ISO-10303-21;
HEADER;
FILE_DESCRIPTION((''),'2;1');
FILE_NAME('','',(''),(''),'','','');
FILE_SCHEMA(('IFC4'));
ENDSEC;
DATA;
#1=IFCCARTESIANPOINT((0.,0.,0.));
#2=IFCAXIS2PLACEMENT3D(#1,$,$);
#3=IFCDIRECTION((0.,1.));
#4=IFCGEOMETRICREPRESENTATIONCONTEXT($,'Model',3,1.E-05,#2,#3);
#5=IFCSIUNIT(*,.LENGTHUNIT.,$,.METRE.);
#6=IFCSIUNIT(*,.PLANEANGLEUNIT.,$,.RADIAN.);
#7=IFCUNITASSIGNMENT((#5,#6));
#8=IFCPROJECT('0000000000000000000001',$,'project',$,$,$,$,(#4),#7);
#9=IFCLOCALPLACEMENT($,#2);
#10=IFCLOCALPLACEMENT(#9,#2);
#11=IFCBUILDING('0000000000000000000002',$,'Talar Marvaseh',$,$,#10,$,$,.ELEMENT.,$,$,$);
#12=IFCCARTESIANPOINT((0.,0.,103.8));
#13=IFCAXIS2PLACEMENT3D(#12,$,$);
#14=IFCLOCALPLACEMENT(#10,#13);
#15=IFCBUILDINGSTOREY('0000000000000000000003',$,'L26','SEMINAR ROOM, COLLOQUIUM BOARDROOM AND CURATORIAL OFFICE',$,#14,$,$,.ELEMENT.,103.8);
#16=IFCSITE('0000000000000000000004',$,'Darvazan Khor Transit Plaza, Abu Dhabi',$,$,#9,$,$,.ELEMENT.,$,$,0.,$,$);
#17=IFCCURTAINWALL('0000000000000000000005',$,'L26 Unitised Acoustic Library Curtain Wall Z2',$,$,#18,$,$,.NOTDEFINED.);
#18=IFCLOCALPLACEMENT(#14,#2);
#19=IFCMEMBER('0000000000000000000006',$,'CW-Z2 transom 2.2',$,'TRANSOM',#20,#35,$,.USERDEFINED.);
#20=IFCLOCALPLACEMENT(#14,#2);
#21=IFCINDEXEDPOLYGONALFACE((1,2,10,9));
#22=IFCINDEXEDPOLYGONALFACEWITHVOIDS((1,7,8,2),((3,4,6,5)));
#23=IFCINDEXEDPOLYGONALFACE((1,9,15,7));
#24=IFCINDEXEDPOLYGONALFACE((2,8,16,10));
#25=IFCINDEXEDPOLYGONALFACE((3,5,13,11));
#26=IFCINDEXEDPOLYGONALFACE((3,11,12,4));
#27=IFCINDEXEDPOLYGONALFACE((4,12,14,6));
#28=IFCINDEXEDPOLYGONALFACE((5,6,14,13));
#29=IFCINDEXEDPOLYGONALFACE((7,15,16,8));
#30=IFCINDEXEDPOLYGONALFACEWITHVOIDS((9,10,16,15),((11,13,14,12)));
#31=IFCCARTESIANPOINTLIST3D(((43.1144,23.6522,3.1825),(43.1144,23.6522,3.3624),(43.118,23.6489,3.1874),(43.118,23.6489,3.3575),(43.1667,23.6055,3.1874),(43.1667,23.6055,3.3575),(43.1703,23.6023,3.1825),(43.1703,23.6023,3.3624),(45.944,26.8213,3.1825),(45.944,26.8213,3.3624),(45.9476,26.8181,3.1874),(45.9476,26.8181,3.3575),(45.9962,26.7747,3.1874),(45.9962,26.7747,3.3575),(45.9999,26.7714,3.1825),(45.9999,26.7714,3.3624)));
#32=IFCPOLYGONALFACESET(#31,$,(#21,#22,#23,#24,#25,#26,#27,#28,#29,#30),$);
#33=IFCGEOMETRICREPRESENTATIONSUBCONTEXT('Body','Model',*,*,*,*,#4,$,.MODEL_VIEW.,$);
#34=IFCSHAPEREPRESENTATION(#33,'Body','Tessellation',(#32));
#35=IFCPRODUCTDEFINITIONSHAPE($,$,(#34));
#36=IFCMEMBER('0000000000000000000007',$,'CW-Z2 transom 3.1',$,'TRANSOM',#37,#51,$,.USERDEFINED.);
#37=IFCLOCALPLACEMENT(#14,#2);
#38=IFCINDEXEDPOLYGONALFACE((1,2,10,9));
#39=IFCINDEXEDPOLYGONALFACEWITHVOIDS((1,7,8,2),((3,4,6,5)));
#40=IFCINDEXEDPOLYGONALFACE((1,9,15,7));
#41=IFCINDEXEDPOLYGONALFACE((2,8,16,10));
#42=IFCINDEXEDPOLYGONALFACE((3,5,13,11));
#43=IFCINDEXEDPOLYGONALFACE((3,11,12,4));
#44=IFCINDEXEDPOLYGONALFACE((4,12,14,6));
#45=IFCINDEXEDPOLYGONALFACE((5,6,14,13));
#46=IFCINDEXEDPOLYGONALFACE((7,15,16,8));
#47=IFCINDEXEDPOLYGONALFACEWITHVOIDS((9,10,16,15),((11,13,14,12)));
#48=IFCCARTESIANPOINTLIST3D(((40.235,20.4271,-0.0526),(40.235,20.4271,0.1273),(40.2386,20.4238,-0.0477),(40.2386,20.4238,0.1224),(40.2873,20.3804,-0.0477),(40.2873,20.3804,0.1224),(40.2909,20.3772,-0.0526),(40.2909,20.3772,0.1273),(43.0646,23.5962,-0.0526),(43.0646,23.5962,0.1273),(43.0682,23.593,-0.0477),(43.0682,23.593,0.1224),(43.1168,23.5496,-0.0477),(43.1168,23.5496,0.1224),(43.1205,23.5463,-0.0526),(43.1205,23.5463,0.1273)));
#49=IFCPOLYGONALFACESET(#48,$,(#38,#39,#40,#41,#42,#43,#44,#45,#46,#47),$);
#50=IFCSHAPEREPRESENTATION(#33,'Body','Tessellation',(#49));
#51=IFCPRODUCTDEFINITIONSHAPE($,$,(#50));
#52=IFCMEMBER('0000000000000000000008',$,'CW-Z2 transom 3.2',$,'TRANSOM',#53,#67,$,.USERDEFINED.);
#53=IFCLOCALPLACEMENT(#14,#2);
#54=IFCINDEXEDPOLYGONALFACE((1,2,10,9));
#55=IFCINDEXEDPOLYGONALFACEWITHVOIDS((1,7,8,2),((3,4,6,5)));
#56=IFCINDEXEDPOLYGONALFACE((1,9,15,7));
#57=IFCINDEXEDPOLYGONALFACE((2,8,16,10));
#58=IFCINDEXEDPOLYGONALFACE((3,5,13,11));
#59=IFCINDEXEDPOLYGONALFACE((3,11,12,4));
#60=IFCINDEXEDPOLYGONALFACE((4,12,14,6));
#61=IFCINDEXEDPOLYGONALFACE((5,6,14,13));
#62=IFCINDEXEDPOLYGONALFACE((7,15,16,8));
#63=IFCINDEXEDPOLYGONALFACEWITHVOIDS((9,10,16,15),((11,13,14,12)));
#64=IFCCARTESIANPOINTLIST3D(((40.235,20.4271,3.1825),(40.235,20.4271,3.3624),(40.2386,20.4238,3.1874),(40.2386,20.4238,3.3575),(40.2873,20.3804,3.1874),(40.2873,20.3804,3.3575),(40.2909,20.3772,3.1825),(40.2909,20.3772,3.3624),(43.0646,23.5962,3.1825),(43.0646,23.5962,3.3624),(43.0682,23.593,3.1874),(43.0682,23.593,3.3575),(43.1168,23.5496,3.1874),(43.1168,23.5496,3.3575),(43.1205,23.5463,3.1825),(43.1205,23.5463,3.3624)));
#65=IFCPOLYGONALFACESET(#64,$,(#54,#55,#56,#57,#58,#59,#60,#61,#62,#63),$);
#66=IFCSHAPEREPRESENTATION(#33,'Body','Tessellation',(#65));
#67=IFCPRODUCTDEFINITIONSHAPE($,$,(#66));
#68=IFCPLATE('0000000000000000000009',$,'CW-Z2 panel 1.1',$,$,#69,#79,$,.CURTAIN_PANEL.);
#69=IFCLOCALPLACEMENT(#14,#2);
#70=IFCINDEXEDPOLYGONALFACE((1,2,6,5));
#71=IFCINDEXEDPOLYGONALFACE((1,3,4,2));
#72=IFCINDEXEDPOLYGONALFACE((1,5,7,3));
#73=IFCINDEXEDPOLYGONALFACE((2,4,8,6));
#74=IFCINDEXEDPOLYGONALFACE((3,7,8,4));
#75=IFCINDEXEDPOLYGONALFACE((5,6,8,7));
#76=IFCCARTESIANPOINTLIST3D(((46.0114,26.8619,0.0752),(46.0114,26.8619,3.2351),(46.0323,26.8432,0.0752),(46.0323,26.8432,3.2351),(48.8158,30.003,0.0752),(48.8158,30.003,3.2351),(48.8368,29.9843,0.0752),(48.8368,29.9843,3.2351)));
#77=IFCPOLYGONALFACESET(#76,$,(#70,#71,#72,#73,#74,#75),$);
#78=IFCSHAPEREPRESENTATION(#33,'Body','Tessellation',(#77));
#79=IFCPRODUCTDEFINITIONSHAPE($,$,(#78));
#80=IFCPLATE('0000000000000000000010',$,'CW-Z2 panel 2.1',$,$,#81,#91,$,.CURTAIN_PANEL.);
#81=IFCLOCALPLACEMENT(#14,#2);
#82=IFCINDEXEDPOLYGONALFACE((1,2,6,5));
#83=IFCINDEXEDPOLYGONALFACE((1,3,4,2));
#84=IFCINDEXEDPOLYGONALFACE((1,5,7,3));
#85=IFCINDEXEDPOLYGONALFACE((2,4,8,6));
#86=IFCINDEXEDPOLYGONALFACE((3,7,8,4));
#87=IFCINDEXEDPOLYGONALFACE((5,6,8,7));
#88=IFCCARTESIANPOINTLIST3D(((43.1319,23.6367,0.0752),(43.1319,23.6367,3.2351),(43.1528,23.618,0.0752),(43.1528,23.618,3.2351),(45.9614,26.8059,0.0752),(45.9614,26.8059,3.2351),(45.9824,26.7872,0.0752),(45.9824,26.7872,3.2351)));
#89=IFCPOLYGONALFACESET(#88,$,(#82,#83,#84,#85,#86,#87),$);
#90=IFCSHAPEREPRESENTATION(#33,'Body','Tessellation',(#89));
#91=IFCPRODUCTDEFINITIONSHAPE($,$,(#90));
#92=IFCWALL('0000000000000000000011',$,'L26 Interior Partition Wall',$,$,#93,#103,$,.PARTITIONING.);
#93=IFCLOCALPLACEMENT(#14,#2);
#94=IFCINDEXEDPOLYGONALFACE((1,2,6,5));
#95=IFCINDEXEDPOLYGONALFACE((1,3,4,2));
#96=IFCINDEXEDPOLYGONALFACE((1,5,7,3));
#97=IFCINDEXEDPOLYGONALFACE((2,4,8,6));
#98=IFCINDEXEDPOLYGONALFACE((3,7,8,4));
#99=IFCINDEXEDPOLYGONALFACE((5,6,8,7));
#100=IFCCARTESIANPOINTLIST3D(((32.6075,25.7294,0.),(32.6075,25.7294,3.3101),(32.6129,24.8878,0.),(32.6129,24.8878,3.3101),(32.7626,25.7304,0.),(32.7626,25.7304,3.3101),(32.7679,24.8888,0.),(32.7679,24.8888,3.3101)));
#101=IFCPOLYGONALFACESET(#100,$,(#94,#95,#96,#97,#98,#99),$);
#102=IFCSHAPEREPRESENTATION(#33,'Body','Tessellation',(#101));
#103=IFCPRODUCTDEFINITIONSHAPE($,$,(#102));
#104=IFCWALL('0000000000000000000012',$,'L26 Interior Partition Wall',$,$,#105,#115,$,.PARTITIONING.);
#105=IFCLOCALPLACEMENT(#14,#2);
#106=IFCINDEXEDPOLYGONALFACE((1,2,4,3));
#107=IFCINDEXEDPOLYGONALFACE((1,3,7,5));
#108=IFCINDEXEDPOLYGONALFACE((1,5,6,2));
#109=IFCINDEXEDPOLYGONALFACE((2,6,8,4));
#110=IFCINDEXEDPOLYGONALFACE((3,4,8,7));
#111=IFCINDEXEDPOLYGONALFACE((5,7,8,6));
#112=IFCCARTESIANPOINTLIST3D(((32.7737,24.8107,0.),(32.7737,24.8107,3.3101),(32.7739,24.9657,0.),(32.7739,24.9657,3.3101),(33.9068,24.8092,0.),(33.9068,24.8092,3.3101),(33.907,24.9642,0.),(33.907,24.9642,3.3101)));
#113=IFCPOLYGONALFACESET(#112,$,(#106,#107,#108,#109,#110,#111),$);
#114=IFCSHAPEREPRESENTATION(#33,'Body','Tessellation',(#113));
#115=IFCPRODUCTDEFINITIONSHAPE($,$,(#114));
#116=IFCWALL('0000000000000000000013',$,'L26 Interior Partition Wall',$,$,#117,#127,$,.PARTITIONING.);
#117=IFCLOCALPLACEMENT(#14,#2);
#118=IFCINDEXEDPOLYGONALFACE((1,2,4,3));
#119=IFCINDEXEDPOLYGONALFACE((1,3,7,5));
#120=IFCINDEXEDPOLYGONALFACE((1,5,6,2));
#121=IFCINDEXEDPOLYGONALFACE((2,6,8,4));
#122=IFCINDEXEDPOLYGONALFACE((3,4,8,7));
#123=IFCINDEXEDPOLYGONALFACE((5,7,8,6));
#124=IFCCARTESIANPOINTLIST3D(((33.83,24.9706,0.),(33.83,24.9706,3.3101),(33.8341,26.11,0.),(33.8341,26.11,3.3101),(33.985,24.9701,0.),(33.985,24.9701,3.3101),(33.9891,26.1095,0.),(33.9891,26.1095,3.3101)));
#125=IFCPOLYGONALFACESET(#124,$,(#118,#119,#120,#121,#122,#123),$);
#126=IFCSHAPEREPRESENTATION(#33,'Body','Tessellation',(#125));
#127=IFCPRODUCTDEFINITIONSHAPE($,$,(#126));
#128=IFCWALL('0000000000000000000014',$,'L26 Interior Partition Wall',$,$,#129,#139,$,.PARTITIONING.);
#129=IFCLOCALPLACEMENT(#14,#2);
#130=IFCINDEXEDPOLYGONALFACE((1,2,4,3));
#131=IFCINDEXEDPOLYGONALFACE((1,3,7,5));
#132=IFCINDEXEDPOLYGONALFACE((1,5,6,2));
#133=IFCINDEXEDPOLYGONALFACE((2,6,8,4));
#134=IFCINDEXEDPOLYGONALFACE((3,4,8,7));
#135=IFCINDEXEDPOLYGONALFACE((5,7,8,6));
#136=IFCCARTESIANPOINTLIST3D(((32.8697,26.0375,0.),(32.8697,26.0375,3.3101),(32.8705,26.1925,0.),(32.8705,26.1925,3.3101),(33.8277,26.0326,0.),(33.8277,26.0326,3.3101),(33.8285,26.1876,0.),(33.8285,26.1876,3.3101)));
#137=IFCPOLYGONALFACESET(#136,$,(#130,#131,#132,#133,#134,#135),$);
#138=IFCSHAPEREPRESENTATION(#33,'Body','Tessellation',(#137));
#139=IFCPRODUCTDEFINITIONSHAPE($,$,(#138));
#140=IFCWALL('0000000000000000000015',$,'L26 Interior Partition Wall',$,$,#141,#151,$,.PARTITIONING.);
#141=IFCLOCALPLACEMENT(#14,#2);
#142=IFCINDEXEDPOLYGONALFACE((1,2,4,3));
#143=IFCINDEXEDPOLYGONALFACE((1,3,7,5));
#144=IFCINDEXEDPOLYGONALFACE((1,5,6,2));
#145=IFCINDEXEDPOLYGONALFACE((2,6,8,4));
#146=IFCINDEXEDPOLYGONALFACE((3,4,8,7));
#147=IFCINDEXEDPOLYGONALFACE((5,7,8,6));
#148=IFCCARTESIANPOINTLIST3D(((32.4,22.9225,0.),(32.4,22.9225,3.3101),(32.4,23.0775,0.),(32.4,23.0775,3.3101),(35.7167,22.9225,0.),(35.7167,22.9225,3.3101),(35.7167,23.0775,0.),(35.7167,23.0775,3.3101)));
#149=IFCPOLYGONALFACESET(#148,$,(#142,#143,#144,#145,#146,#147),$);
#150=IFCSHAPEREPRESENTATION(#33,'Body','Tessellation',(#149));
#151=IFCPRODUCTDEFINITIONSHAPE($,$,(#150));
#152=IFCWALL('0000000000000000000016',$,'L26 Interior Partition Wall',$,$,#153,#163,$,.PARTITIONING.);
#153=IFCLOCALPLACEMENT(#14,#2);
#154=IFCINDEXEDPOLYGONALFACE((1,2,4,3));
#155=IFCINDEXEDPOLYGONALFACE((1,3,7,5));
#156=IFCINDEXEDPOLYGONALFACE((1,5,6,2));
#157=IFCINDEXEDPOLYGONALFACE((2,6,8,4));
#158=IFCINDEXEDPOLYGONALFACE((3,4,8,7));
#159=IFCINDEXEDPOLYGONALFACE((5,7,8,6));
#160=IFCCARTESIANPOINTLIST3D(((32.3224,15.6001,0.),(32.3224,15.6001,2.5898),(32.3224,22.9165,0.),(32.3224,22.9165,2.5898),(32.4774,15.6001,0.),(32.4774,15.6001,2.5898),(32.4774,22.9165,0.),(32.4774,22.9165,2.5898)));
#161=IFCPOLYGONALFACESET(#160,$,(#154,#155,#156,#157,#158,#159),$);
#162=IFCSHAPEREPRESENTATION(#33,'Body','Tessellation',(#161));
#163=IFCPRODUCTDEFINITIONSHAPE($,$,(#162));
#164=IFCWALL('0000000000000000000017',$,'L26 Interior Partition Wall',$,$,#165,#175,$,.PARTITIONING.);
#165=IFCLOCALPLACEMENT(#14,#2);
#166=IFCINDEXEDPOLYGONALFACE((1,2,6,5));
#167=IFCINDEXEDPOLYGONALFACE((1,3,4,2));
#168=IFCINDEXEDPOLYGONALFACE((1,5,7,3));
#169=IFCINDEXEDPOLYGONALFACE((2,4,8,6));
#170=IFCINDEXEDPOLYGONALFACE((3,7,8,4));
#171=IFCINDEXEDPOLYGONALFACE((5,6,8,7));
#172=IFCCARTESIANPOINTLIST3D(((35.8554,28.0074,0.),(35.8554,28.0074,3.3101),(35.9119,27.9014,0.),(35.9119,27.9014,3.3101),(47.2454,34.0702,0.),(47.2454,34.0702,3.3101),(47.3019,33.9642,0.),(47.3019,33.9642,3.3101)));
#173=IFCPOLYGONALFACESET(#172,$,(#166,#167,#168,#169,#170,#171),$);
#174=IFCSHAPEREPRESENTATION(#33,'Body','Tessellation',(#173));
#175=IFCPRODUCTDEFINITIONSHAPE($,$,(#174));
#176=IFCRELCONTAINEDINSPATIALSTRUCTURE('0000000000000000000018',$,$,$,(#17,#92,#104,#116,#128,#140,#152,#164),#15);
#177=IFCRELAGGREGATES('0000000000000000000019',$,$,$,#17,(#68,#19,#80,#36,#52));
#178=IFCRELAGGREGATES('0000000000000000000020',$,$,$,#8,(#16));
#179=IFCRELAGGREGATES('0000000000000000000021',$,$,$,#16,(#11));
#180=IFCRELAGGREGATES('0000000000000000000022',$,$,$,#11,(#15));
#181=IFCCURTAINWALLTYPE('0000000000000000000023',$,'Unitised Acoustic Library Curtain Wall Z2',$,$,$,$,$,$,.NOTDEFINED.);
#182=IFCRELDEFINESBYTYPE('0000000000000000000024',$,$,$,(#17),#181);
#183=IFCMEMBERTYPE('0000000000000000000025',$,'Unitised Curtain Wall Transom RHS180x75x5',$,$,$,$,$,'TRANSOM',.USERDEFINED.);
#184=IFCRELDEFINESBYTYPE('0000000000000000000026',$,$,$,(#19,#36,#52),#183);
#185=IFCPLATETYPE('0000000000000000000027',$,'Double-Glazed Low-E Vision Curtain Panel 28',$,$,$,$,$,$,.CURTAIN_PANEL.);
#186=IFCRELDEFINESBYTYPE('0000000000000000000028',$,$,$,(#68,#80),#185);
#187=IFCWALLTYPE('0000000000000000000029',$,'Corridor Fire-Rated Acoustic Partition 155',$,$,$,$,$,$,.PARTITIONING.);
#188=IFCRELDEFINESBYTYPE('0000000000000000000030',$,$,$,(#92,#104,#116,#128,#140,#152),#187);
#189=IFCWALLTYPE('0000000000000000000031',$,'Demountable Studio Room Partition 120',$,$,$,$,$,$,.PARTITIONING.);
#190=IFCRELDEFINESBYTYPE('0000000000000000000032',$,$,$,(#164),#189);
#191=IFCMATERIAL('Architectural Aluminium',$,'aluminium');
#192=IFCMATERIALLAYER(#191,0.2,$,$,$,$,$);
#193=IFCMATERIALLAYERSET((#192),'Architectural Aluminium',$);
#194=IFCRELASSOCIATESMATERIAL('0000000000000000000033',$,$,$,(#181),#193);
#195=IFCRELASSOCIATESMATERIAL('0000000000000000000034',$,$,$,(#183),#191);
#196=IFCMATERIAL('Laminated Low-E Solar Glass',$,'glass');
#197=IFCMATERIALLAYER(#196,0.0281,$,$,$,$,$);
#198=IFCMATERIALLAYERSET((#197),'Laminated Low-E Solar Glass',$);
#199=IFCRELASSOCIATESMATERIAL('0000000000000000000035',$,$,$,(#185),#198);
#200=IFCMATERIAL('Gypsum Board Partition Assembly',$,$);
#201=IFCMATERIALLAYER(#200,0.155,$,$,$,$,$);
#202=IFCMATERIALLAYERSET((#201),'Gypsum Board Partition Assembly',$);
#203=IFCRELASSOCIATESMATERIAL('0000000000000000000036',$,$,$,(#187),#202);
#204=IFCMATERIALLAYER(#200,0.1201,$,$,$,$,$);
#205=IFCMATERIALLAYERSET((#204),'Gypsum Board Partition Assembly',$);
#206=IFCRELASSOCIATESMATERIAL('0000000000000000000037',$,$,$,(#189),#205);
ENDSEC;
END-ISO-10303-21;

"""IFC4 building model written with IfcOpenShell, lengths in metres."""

from ifc_helpers import new_model, si_unit, direction, frame, frame_2d, origin, origin_2d, place, context, subcontext, project, spatial, rectangle, hollow_rectangle, extrude, source, transform, mapped, material, layer, layer_set, material_profile, profile_set, type_object, type_shapes, element, aggregate, save


model = new_model("IFC4")

# Units and contexts
model_context = context("Model", 3, precision=1e-05, world=origin(), true_north=direction((0.0, 1.0)))
body_context = subcontext(model_context, "Body", "Model", "MODEL_VIEW")
ifc_project = project(units=[si_unit("LENGTHUNIT", "METRE"), si_unit("PLANEANGLEUNIT", "RADIAN")], contexts=[model_context])

# Site, building, storey
site_placement = place(None, origin())
site = spatial("IfcSite", under=ifc_project, at=site_placement, Name="Darvazan Khor Transit Plaza, Abu Dhabi", CompositionType="ELEMENT", RefElevation=0.0)
building_placement = place(site_placement, origin())
building = spatial("IfcBuilding", under=site, at=building_placement, Name="Talar Marvaseh", CompositionType="ELEMENT")
storey_placement = place(building_placement, frame((0.0, 0.0, 103.8)))
storey = spatial("IfcBuildingStorey", under=building, at=storey_placement, Name="L26", Description="SEMINAR ROOM, COLLOQUIUM BOARDROOM AND CURATORIAL OFFICE", CompositionType="ELEMENT", Elevation=103.8)

# Curtain wall, members, plates
ifc_material_1 = material(Name="Architectural Aluminium", Category="aluminium")
ifc_layer_1 = layer(ifc_material_1, 0.2)
ifc_layer_set_1 = layer_set([ifc_layer_1], Name="Architectural Aluminium")
curtain_wall_type = type_object("IfcCurtainWallType", Name="Unitised Acoustic Library Curtain Wall Z2", PredefinedType="NOTDEFINED", material=ifc_layer_set_1)
curtain_wall_placement = place(storey_placement, origin())
curtain_wall = element("IfcCurtainWall", 1, at=curtain_wall_placement, inside=storey, type_object=curtain_wall_type, Name="L26 Unitised Acoustic Library Curtain Wall Z2", PredefinedType="NOTDEFINED")
ifc_material_profile_1 = material_profile(ifc_material_1, hollow_rectangle(XDim=0.075, YDim=0.1799, WallThickness=0.0049, at=origin_2d()), Name="RHS180x75x5")
ifc_profile_set_1 = profile_set([ifc_material_profile_1], Name="Architectural Aluminium")
member_type_1 = type_object("IfcMemberType", Name="Unitised Curtain Wall Transom RHS180x75x5", ElementType="TRANSOM", PredefinedType="USERDEFINED", material=ifc_profile_set_1)
shared_shape_1 = source(origin(), body_context, "Body", "SweptSolid", [
    extrude(hollow_rectangle(XDim=0.075, YDim=0.1799, WallThickness=0.0049, at=origin_2d()), origin(), (0.0, 0.0, 1.0), 4.2485),
])
type_shapes(member_type_1, [shared_shape_1])
member_1_placement = place(storey_placement, frame((45.9719, 26.7964, 3.2725), z_axis=(-0.66601, -0.745943, 0.0), x_axis=(0.745943, -0.66601, 0.0)))
member_1 = element("IfcMember", 2, at=member_1_placement, type_object=member_type_1, Name="CW-Z2 transom 2.2", ObjectType="TRANSOM", PredefinedType="USERDEFINED", context=body_context, shape_type="MappedRepresentation", body=[
    mapped(shared_shape_1, transform((0.0, 0.0, 0.0), x_axis=(1.0, 0.0, 0.0), y_axis=(0.0, 1.0, 0.0), z_axis=(0.0, 0.0, 1.0), scale=1.0)),
])
member_2_placement = place(storey_placement, frame((43.0925, 23.5713, 0.0374), z_axis=(-0.66601, -0.745943, 0.0), x_axis=(0.745943, -0.66601, 0.0)))
member_2 = element("IfcMember", 3, at=member_2_placement, type_object=member_type_1, Name="CW-Z2 transom 3.1", ObjectType="TRANSOM", PredefinedType="USERDEFINED", context=body_context, shape_type="MappedRepresentation", body=[
    mapped(shared_shape_1, transform((0.0, 0.0, 0.0), x_axis=(1.0, 0.0, 0.0), y_axis=(0.0, 1.0, 0.0), z_axis=(0.0, 0.0, 1.0), scale=1.0)),
])
member_3_placement = place(storey_placement, frame((43.0925, 23.5713, 3.2725), z_axis=(-0.66601, -0.745943, 0.0), x_axis=(0.745943, -0.66601, 0.0)))
member_3 = element("IfcMember", 4, at=member_3_placement, type_object=member_type_1, Name="CW-Z2 transom 3.2", ObjectType="TRANSOM", PredefinedType="USERDEFINED", context=body_context, shape_type="MappedRepresentation", body=[
    mapped(shared_shape_1, transform((0.0, 0.0, 0.0), x_axis=(1.0, 0.0, 0.0), y_axis=(0.0, 1.0, 0.0), z_axis=(0.0, 0.0, 1.0), scale=1.0)),
])
ifc_material_2 = material(Name="Laminated Low-E Solar Glass", Category="glass")
ifc_layer_2 = layer(ifc_material_2, 0.0281)
ifc_layer_set_2 = layer_set([ifc_layer_2], Name="Laminated Low-E Solar Glass")
plate_type = type_object("IfcPlateType", Name="Double-Glazed Low-E Vision Curtain Panel 28", PredefinedType="CURTAIN_PANEL", material=ifc_layer_set_2)
shared_shape_2 = source(origin(), body_context, "Body", "SweptSolid", [
    extrude(rectangle(XDim=4.2109, YDim=0.0281, at=origin_2d()), origin(), (0.0, 0.0, 1.0), 3.1599),
])
plate_1_placement = place(storey_placement, frame((47.4241, 28.4231, 0.0752), z_axis=(0.0, 0.0, 1.0), x_axis=(-0.665999, -0.745953, 0.0)))
plate_1 = element("IfcPlate", 5, at=plate_1_placement, type_object=plate_type, Name="CW-Z2 panel 1.1", PredefinedType="CURTAIN_PANEL", context=body_context, shape_type="MappedRepresentation", body=[
    mapped(shared_shape_2, transform((0.0, 0.0, 0.0), x_axis=(1.0, 0.0, 0.0), y_axis=(0.0, 1.0, 0.0), z_axis=(0.0, 0.0, 1.0), scale=1.0)),
])
shared_shape_3 = source(origin(), body_context, "Body", "SweptSolid", [
    extrude(rectangle(XDim=4.2485, YDim=0.0281, at=origin_2d()), origin(), (0.0, 0.0, 1.0), 3.1599),
])
type_shapes(plate_type, [shared_shape_2, shared_shape_3])
plate_2_placement = place(storey_placement, frame((44.5571, 25.2119, 0.0752), z_axis=(0.0, 0.0, 1.0), x_axis=(-0.665999, -0.745953, 0.0)))
plate_2 = element("IfcPlate", 6, at=plate_2_placement, type_object=plate_type, Name="CW-Z2 panel 2.1", PredefinedType="CURTAIN_PANEL", context=body_context, shape_type="MappedRepresentation", body=[
    mapped(shared_shape_3, transform((0.0, 0.0, 0.0), x_axis=(1.0, 0.0, 0.0), y_axis=(0.0, 1.0, 0.0), z_axis=(0.0, 0.0, 1.0), scale=1.0)),
])
aggregate(curtain_wall, [plate_1, member_1, plate_2, member_2, member_3])

# Walls
ifc_material_3 = material(Name="Gypsum Board Partition Assembly")
ifc_layer_3 = layer(ifc_material_3, 0.155)
ifc_layer_set_3 = layer_set([ifc_layer_3], Name="Gypsum Board Partition Assembly")
wall_type_1 = type_object("IfcWallType", Name="Corridor Fire-Rated Acoustic Partition 155", PredefinedType="PARTITIONING", material=ifc_layer_set_3)
wall_1_placement = place(storey_placement, frame((32.6851, 25.73, 0.0), z_axis=(0.0, 0.0, 1.0), x_axis=(0.006382, -0.99998, 0.0)))
element("IfcWall", 7, at=wall_1_placement, inside=storey, type_object=wall_type_1, Name="L26 Interior Partition Wall", PredefinedType="PARTITIONING", context=body_context, shape_type="SweptSolid", body=[
    extrude(rectangle(XDim=0.8416, YDim=0.155, at=frame_2d((0.4209, 0.0))), origin(), (0.0, 0.0, 1.0), 3.3101),
])
wall_2_placement = place(storey_placement, frame((32.7739, 24.8882, 0.0), z_axis=(0.0, 0.0, 1.0), x_axis=(0.999999, -0.001293, 0.0)))
element("IfcWall", 8, at=wall_2_placement, inside=storey, type_object=wall_type_1, Name="L26 Interior Partition Wall", PredefinedType="PARTITIONING", context=body_context, shape_type="SweptSolid", body=[
    extrude(rectangle(XDim=1.1331, YDim=0.155, at=frame_2d((0.5664, 0.0))), origin(), (0.0, 0.0, 1.0), 3.3101),
])
wall_3_placement = place(storey_placement, frame((33.9075, 24.9702, 0.0), z_axis=(0.0, 0.0, 1.0), x_axis=(0.003643, 0.999993, 0.0)))
element("IfcWall", 9, at=wall_3_placement, inside=storey, type_object=wall_type_1, Name="L26 Interior Partition Wall", PredefinedType="PARTITIONING", context=body_context, shape_type="SweptSolid", body=[
    extrude(rectangle(XDim=1.1394, YDim=0.155, at=frame_2d((0.5698, 0.0))), origin(), (0.0, 0.0, 1.0), 3.3101),
])
wall_4_placement = place(storey_placement, frame((33.8281, 26.1101, 0.0), z_axis=(0.0, 0.0, 1.0), x_axis=(-0.999987, 0.005097, 0.0)))
element("IfcWall", 10, at=wall_4_placement, inside=storey, type_object=wall_type_1, Name="L26 Interior Partition Wall", PredefinedType="PARTITIONING", context=body_context, shape_type="SweptSolid", body=[
    extrude(rectangle(XDim=0.958, YDim=0.155, at=frame_2d((0.479, 0.0))), origin(), (0.0, 0.0, 1.0), 3.3101),
])
wall_5_placement = place(storey_placement, frame((35.7166, 23.0, 0.0), z_axis=(0.0, 0.0, 1.0), x_axis=(-1.0, 0.0, 0.0)))
element("IfcWall", 11, at=wall_5_placement, inside=storey, type_object=wall_type_1, Name="L26 Interior Partition Wall", PredefinedType="PARTITIONING", context=body_context, shape_type="SweptSolid", body=[
    extrude(rectangle(XDim=3.3167, YDim=0.155, at=frame_2d((1.6582, 0.0))), origin(), (0.0, 0.0, 1.0), 3.3101),
])
wall_6_placement = place(storey_placement, frame((32.3999, 22.9165, 0.0), z_axis=(0.0, 0.0, 1.0), x_axis=(0.0, -1.0, 0.0)))
element("IfcWall", 12, at=wall_6_placement, inside=storey, type_object=wall_type_1, Name="L26 Interior Partition Wall", PredefinedType="PARTITIONING", context=body_context, shape_type="SweptSolid", body=[
    extrude(rectangle(XDim=7.3164, YDim=0.155, at=frame_2d((3.6582, 0.0))), origin(), (0.0, 0.0, 1.0), 2.5898),
])
ifc_layer_4 = layer(ifc_material_3, 0.1201)
ifc_layer_set_4 = layer_set([ifc_layer_4], Name="Gypsum Board Partition Assembly")
wall_type_2 = type_object("IfcWallType", Name="Demountable Studio Room Partition 120", PredefinedType="PARTITIONING", material=ifc_layer_set_4)
wall_7_placement = place(storey_placement, frame((35.8835, 27.9543, 0.0), z_axis=(0.0, 0.0, 1.0), x_axis=(0.882734, 0.469872, 0.0)))
element("IfcWall", 13, at=wall_7_placement, inside=storey, type_object=wall_type_2, Name="L26 Interior Partition Wall", PredefinedType="PARTITIONING", context=body_context, shape_type="SweptSolid", body=[
    extrude(rectangle(XDim=12.9031, YDim=0.1201, at=frame_2d((6.4517, 0.0))), origin(), (0.0, 0.0, 1.0), 3.3101),
])

save(model, "model.ifc")
